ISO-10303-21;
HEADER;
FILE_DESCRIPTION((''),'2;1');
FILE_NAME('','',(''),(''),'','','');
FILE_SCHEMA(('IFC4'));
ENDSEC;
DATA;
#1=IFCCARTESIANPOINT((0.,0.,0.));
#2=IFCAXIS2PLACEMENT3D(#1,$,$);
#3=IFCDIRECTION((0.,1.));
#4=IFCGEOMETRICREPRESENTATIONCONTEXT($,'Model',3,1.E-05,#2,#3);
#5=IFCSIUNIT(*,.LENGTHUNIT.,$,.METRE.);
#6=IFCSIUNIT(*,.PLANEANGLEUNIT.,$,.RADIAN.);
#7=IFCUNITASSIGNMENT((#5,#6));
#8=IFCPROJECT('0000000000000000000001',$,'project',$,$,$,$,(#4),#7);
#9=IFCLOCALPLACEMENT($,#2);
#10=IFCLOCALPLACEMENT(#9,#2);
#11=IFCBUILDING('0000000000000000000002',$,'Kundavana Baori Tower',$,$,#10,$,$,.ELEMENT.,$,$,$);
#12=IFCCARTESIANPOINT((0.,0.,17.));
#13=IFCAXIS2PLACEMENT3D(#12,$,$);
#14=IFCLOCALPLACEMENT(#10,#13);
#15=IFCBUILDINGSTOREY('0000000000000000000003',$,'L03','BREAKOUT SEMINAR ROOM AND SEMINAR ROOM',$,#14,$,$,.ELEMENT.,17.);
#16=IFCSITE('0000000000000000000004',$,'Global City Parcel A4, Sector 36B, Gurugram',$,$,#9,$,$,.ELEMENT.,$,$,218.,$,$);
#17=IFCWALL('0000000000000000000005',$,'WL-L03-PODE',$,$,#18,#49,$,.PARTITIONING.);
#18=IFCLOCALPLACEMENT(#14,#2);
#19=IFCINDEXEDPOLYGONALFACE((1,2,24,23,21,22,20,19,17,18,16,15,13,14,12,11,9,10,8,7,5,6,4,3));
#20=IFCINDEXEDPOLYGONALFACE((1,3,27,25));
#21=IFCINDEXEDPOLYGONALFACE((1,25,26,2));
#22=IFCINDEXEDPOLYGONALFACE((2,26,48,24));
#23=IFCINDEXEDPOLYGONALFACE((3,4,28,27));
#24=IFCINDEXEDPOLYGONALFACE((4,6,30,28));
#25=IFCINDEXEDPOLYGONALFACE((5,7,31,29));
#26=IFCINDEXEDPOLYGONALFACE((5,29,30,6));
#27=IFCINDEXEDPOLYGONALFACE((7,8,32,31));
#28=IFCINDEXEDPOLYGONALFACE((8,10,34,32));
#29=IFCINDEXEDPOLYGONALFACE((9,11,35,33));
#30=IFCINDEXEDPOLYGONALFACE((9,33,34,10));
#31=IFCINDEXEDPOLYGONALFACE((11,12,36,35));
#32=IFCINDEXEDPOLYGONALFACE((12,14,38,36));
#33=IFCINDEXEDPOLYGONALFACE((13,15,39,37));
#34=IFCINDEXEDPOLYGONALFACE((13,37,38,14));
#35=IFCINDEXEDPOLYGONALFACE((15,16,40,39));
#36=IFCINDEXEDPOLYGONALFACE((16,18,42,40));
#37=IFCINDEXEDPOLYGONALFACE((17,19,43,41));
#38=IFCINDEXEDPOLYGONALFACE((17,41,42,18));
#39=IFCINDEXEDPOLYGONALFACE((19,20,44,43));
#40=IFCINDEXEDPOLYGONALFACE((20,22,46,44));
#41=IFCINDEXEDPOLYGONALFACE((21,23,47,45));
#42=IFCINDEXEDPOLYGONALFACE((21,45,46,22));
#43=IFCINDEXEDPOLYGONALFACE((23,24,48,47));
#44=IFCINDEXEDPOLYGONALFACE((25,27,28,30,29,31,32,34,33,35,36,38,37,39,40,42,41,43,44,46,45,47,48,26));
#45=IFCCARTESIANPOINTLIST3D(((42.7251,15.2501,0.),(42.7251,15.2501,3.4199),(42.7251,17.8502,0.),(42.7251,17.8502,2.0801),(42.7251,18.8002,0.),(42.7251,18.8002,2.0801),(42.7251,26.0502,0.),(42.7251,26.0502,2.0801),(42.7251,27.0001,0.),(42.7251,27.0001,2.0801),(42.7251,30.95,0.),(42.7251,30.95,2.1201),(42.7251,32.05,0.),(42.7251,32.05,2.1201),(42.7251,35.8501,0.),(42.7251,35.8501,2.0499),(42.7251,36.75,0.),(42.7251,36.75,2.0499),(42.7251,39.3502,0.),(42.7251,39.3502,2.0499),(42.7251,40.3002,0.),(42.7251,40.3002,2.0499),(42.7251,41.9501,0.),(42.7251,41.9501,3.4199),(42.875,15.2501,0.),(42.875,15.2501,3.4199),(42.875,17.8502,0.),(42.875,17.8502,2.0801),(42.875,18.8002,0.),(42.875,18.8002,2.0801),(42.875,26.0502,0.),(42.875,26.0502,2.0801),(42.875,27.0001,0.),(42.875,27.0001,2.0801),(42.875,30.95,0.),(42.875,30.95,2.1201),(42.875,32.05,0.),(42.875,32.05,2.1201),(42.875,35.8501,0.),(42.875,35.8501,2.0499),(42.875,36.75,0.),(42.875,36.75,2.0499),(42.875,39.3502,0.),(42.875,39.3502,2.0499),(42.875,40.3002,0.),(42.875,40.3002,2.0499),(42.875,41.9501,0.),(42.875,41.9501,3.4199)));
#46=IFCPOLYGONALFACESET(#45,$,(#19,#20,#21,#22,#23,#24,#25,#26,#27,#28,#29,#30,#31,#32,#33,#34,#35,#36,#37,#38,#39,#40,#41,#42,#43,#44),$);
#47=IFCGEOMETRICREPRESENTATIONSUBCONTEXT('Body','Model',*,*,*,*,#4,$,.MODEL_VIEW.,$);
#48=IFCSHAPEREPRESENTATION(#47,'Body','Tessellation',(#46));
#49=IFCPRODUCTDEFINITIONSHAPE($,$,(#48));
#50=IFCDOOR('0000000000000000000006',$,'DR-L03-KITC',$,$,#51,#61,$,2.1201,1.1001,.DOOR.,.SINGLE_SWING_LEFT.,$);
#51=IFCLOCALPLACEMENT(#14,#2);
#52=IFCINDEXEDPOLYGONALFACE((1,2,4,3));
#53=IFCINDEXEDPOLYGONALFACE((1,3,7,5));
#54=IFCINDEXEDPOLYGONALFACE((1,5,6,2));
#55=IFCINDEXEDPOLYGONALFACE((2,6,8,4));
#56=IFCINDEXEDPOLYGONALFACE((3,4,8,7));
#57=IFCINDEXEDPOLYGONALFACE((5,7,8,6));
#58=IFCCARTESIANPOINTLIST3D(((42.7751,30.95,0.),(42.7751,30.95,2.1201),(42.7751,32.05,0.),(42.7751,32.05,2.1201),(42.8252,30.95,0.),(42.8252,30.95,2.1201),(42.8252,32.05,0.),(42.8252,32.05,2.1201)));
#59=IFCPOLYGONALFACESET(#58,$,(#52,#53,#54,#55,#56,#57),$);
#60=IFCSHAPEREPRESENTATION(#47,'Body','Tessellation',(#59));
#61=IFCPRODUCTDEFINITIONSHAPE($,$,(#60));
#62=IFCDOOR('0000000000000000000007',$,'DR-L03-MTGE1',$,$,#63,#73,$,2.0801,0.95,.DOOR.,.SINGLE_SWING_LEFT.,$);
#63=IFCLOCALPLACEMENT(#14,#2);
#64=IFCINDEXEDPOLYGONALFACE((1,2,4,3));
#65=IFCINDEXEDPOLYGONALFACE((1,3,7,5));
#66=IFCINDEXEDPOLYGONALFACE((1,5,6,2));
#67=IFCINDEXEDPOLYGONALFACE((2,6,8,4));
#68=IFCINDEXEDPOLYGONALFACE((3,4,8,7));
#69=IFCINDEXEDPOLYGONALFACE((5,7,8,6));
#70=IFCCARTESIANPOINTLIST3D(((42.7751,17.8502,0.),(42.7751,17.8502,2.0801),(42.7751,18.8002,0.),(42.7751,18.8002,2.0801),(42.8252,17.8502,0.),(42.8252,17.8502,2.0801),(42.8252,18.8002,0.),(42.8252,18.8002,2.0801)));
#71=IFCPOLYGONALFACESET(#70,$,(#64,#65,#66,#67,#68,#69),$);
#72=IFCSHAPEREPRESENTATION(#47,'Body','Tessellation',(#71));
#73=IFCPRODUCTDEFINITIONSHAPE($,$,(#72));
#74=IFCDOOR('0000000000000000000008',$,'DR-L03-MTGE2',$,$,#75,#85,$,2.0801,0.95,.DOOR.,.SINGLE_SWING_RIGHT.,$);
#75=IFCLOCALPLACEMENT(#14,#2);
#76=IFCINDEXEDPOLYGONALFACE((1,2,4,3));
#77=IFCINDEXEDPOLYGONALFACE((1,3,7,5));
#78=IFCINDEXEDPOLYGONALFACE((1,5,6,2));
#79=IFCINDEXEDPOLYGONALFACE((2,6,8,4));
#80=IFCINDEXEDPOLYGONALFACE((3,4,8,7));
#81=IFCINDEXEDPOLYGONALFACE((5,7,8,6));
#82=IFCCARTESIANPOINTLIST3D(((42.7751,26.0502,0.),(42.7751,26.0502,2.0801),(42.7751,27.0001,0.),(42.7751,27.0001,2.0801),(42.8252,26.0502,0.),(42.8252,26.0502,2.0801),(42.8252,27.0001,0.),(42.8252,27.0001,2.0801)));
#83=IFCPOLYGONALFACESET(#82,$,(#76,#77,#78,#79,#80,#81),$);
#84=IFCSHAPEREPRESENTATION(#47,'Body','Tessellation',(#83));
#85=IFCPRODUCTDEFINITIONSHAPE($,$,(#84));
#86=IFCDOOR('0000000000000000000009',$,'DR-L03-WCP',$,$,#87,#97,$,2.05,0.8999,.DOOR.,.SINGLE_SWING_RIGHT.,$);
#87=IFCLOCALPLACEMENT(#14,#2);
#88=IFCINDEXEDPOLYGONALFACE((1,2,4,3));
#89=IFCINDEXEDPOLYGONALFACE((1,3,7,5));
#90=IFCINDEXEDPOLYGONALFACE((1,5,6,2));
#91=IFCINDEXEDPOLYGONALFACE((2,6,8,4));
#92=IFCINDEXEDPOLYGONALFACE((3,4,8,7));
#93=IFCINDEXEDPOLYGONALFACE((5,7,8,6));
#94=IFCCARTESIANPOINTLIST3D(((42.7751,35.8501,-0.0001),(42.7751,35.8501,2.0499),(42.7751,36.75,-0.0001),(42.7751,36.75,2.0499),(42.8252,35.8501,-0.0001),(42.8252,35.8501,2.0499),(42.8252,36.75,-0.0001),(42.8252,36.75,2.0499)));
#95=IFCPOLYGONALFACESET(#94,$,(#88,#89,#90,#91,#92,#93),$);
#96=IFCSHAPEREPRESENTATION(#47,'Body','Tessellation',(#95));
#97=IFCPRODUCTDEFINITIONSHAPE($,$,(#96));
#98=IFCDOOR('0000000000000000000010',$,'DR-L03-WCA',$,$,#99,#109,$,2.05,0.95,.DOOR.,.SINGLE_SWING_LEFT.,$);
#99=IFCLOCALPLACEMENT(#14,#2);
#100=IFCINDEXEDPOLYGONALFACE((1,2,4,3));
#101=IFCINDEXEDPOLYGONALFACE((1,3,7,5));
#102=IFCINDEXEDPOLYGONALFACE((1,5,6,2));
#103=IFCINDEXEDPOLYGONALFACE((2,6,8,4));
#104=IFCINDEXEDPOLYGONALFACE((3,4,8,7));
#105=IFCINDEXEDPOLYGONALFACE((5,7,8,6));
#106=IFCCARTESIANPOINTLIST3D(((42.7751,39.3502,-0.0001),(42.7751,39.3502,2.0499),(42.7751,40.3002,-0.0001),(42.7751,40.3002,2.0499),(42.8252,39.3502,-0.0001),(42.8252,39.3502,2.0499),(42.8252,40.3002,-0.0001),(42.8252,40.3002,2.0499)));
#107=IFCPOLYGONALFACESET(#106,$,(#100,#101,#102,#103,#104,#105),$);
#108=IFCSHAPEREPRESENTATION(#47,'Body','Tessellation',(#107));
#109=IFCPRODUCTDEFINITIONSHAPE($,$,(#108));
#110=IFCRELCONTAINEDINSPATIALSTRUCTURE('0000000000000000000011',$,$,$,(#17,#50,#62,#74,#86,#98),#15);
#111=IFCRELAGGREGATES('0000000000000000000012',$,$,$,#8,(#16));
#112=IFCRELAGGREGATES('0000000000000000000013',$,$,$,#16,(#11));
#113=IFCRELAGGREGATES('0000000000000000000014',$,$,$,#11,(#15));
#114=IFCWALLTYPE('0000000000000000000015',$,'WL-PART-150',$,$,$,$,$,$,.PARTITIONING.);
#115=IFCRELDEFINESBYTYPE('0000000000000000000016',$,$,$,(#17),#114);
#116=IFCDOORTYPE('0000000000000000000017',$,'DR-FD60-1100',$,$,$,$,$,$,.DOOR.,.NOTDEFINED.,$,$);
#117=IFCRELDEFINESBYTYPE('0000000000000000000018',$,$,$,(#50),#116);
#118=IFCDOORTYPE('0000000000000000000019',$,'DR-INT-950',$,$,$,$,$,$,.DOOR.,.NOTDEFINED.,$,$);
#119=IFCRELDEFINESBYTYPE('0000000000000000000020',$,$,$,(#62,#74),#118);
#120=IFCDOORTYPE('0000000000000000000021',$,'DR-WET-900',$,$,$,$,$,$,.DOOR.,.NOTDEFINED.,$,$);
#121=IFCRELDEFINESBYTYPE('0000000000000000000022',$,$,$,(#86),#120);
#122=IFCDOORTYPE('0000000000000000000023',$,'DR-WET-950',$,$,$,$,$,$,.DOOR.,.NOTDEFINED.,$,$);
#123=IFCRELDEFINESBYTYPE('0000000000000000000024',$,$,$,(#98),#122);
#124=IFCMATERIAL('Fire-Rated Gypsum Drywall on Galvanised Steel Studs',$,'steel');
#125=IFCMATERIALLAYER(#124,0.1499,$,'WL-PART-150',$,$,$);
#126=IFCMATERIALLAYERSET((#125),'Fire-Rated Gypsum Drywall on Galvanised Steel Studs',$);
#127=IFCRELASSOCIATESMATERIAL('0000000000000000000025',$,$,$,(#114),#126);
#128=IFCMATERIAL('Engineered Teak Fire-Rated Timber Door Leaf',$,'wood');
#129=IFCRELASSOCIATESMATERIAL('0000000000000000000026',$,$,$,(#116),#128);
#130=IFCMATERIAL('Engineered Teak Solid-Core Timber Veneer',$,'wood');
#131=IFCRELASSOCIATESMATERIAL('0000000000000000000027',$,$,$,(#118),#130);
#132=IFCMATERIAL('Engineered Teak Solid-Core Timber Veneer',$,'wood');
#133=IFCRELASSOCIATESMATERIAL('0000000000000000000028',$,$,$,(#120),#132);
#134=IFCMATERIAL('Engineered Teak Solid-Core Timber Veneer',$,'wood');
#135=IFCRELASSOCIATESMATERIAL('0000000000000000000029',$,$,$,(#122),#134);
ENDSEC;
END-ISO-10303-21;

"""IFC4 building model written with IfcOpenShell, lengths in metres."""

from ifc_helpers import new_model, si_unit, direction, frame, frame_2d, origin, place, context, subcontext, project, spatial, rectangle, extrude, material, layer, layer_set, type_object, element, fill, save


model = new_model("IFC4")

# Units and contexts
model_context = context("Model", 3, precision=1e-05, world=origin(), true_north=direction((0.0, 1.0)))
body_context = subcontext(model_context, "Body", "Model", "MODEL_VIEW")
ifc_project = project(units=[si_unit("LENGTHUNIT", "METRE"), si_unit("PLANEANGLEUNIT", "RADIAN")], contexts=[model_context])

# Site, building, storey
site_placement = place(None, origin())
site = spatial("IfcSite", under=ifc_project, at=site_placement, Name="Global City Parcel A4, Sector 36B, Gurugram", CompositionType="ELEMENT", RefElevation=218.0)
building_placement = place(site_placement, origin())
building = spatial("IfcBuilding", under=site, at=building_placement, Name="Kundavana Baori Tower", CompositionType="ELEMENT")
storey_placement = place(building_placement, frame((0.0, 0.0, 17.0)))
storey = spatial("IfcBuildingStorey", under=building, at=storey_placement, Name="L03", Description="BREAKOUT SEMINAR ROOM AND SEMINAR ROOM", CompositionType="ELEMENT", Elevation=17.0)

# Wall, openings, doors
ifc_material_1 = material(Name="Fire-Rated Gypsum Drywall on Galvanised Steel Studs", Category="steel")
ifc_layer_1 = layer(ifc_material_1, 0.1499, Name="WL-PART-150")
ifc_layer_set_1 = layer_set([ifc_layer_1], Name="Fire-Rated Gypsum Drywall on Galvanised Steel Studs")
wall_type_1 = type_object("IfcWallType", Name="WL-PART-150", PredefinedType="PARTITIONING", material=ifc_layer_set_1)
wall_1_placement = place(storey_placement, frame((42.8, 15.25, 0.0), z_axis=(0.0, 0.0, 1.0), x_axis=(0.0, 1.0, 0.0)))
wall_1 = element("IfcWall", 1, at=wall_1_placement, inside=storey, type_object=wall_type_1, Name="WL-L03-PODE", PredefinedType="PARTITIONING", context=body_context, shape_type="SweptSolid", body=[
    extrude(rectangle(XDim=26.7, YDim=0.1499, at=frame_2d((13.3501, 0.0))), origin(), (0.0, 0.0, 1.0), 3.4199),
])
opening_1_placement = place(wall_1_placement, frame((2.6001, 0.0, 0.0)))
opening_1 = element("IfcOpeningElement", 2, at=opening_1_placement, cuts=wall_1, PredefinedType="OPENING", context=body_context, shape_type="SweptSolid", body=[
    extrude(rectangle(XDim=0.95, YDim=2.0801, at=frame_2d((0.4751, 1.04))), frame((0.0, 0.085, 0.0), z_axis=(0.0, -1.0, 0.0), x_axis=(1.0, 0.0, 0.0)), (0.0, 0.0, 1.0), 0.1699),
])
opening_2_placement = place(wall_1_placement, frame((10.8, 0.0, 0.0)))
opening_2 = element("IfcOpeningElement", 3, at=opening_2_placement, cuts=wall_1, PredefinedType="OPENING", context=body_context, shape_type="SweptSolid", body=[
    extrude(rectangle(XDim=0.95, YDim=2.0801, at=frame_2d((0.4751, 1.04))), frame((0.0, 0.085, 0.0), z_axis=(0.0, -1.0, 0.0), x_axis=(1.0, 0.0, 0.0)), (0.0, 0.0, 1.0), 0.1699),
])
opening_3_placement = place(wall_1_placement, frame((15.7, 0.0, 0.0)))
opening_3 = element("IfcOpeningElement", 4, at=opening_3_placement, cuts=wall_1, PredefinedType="OPENING", context=body_context, shape_type="SweptSolid", body=[
    extrude(rectangle(XDim=1.1001, YDim=2.1201, at=frame_2d((0.55, 1.0601))), frame((0.0, 0.085, 0.0), z_axis=(0.0, -1.0, 0.0), x_axis=(1.0, 0.0, 0.0)), (0.0, 0.0, 1.0), 0.1699),
])
opening_4_placement = place(wall_1_placement, frame((20.6001, 0.0, 0.0)))
opening_4 = element("IfcOpeningElement", 5, at=opening_4_placement, cuts=wall_1, PredefinedType="OPENING", context=body_context, shape_type="SweptSolid", body=[
    extrude(rectangle(XDim=0.8999, YDim=2.05, at=frame_2d((0.45, 1.0249))), frame((0.0, 0.085, 0.0), z_axis=(0.0, -1.0, 0.0), x_axis=(1.0, 0.0, 0.0)), (0.0, 0.0, 1.0), 0.1699),
])
opening_5_placement = place(wall_1_placement, frame((24.1001, 0.0, 0.0)))
opening_5 = element("IfcOpeningElement", 6, at=opening_5_placement, cuts=wall_1, PredefinedType="OPENING", context=body_context, shape_type="SweptSolid", body=[
    extrude(rectangle(XDim=0.95, YDim=2.05, at=frame_2d((0.4751, 1.0249))), frame((0.0, 0.085, 0.0), z_axis=(0.0, -1.0, 0.0), x_axis=(1.0, 0.0, 0.0)), (0.0, 0.0, 1.0), 0.1699),
])
ifc_material_2 = material(Name="Engineered Teak Fire-Rated Timber Door Leaf", Category="wood")
door_type_1 = type_object("IfcDoorType", Name="DR-FD60-1100", OperationType="NOTDEFINED", PredefinedType="DOOR", material=ifc_material_2)
door_1_placement = place(opening_3_placement, origin())
door_1 = element("IfcDoor", 7, at=door_1_placement, inside=storey, type_object=door_type_1, Name="DR-L03-KITC", OperationType="SINGLE_SWING_LEFT", OverallHeight=2.1201, OverallWidth=1.1001, PredefinedType="DOOR", context=body_context, shape_type="SweptSolid", body=[
    extrude(rectangle(XDim=1.1001, YDim=2.1201, at=frame_2d((0.55, 1.0601))), frame((0.0, 0.0249, 0.0), z_axis=(0.0, -1.0, 0.0), x_axis=(1.0, 0.0, 0.0)), (0.0, 0.0, 1.0), 0.05),
])
fill(opening_3, door_1)
ifc_material_3 = material(Name="Engineered Teak Solid-Core Timber Veneer", Category="wood")
door_type_2 = type_object("IfcDoorType", Name="DR-INT-950", OperationType="NOTDEFINED", PredefinedType="DOOR", material=ifc_material_3)
door_2_placement = place(opening_1_placement, origin())
door_2 = element("IfcDoor", 8, at=door_2_placement, inside=storey, type_object=door_type_2, Name="DR-L03-MTGE1", OperationType="SINGLE_SWING_LEFT", OverallHeight=2.0801, OverallWidth=0.95, PredefinedType="DOOR", context=body_context, shape_type="SweptSolid", body=[
    extrude(rectangle(XDim=0.95, YDim=2.0801, at=frame_2d((0.4751, 1.04))), frame((0.0, 0.0249, 0.0), z_axis=(0.0, -1.0, 0.0), x_axis=(1.0, 0.0, 0.0)), (0.0, 0.0, 1.0), 0.05),
])
fill(opening_1, door_2)
door_3_placement = place(opening_2_placement, origin())
door_3 = element("IfcDoor", 9, at=door_3_placement, inside=storey, type_object=door_type_2, Name="DR-L03-MTGE2", OperationType="SINGLE_SWING_RIGHT", OverallHeight=2.0801, OverallWidth=0.95, PredefinedType="DOOR", context=body_context, shape_type="SweptSolid", body=[
    extrude(rectangle(XDim=0.95, YDim=2.0801, at=frame_2d((0.4751, 1.04))), frame((0.0, 0.0249, 0.0), z_axis=(0.0, -1.0, 0.0), x_axis=(1.0, 0.0, 0.0)), (0.0, 0.0, 1.0), 0.05),
])
fill(opening_2, door_3)
ifc_material_4 = material(Name="Engineered Teak Solid-Core Timber Veneer", Category="wood")
door_type_3 = type_object("IfcDoorType", Name="DR-WET-900", OperationType="NOTDEFINED", PredefinedType="DOOR", material=ifc_material_4)
door_4_placement = place(opening_4_placement, origin())
door_4 = element("IfcDoor", 10, at=door_4_placement, inside=storey, type_object=door_type_3, Name="DR-L03-WCP", OperationType="SINGLE_SWING_RIGHT", OverallHeight=2.05, OverallWidth=0.8999, PredefinedType="DOOR", context=body_context, shape_type="SweptSolid", body=[
    extrude(rectangle(XDim=0.8999, YDim=2.05, at=frame_2d((0.45, 1.0249))), frame((0.0, 0.0249, 0.0), z_axis=(0.0, -1.0, 0.0), x_axis=(1.0, 0.0, 0.0)), (0.0, 0.0, 1.0), 0.05),
])
fill(opening_4, door_4)
ifc_material_5 = material(Name="Engineered Teak Solid-Core Timber Veneer", Category="wood")
door_type_4 = type_object("IfcDoorType", Name="DR-WET-950", OperationType="NOTDEFINED", PredefinedType="DOOR", material=ifc_material_5)
door_5_placement = place(opening_5_placement, origin())
door_5 = element("IfcDoor", 11, at=door_5_placement, inside=storey, type_object=door_type_4, Name="DR-L03-WCA", OperationType="SINGLE_SWING_LEFT", OverallHeight=2.05, OverallWidth=0.95, PredefinedType="DOOR", context=body_context, shape_type="SweptSolid", body=[
    extrude(rectangle(XDim=0.95, YDim=2.05, at=frame_2d((0.4751, 1.0249))), frame((0.0, 0.0249, 0.0), z_axis=(0.0, -1.0, 0.0), x_axis=(1.0, 0.0, 0.0)), (0.0, 0.0, 1.0), 0.05),
])
fill(opening_5, door_5)

save(model, "model.ifc")
